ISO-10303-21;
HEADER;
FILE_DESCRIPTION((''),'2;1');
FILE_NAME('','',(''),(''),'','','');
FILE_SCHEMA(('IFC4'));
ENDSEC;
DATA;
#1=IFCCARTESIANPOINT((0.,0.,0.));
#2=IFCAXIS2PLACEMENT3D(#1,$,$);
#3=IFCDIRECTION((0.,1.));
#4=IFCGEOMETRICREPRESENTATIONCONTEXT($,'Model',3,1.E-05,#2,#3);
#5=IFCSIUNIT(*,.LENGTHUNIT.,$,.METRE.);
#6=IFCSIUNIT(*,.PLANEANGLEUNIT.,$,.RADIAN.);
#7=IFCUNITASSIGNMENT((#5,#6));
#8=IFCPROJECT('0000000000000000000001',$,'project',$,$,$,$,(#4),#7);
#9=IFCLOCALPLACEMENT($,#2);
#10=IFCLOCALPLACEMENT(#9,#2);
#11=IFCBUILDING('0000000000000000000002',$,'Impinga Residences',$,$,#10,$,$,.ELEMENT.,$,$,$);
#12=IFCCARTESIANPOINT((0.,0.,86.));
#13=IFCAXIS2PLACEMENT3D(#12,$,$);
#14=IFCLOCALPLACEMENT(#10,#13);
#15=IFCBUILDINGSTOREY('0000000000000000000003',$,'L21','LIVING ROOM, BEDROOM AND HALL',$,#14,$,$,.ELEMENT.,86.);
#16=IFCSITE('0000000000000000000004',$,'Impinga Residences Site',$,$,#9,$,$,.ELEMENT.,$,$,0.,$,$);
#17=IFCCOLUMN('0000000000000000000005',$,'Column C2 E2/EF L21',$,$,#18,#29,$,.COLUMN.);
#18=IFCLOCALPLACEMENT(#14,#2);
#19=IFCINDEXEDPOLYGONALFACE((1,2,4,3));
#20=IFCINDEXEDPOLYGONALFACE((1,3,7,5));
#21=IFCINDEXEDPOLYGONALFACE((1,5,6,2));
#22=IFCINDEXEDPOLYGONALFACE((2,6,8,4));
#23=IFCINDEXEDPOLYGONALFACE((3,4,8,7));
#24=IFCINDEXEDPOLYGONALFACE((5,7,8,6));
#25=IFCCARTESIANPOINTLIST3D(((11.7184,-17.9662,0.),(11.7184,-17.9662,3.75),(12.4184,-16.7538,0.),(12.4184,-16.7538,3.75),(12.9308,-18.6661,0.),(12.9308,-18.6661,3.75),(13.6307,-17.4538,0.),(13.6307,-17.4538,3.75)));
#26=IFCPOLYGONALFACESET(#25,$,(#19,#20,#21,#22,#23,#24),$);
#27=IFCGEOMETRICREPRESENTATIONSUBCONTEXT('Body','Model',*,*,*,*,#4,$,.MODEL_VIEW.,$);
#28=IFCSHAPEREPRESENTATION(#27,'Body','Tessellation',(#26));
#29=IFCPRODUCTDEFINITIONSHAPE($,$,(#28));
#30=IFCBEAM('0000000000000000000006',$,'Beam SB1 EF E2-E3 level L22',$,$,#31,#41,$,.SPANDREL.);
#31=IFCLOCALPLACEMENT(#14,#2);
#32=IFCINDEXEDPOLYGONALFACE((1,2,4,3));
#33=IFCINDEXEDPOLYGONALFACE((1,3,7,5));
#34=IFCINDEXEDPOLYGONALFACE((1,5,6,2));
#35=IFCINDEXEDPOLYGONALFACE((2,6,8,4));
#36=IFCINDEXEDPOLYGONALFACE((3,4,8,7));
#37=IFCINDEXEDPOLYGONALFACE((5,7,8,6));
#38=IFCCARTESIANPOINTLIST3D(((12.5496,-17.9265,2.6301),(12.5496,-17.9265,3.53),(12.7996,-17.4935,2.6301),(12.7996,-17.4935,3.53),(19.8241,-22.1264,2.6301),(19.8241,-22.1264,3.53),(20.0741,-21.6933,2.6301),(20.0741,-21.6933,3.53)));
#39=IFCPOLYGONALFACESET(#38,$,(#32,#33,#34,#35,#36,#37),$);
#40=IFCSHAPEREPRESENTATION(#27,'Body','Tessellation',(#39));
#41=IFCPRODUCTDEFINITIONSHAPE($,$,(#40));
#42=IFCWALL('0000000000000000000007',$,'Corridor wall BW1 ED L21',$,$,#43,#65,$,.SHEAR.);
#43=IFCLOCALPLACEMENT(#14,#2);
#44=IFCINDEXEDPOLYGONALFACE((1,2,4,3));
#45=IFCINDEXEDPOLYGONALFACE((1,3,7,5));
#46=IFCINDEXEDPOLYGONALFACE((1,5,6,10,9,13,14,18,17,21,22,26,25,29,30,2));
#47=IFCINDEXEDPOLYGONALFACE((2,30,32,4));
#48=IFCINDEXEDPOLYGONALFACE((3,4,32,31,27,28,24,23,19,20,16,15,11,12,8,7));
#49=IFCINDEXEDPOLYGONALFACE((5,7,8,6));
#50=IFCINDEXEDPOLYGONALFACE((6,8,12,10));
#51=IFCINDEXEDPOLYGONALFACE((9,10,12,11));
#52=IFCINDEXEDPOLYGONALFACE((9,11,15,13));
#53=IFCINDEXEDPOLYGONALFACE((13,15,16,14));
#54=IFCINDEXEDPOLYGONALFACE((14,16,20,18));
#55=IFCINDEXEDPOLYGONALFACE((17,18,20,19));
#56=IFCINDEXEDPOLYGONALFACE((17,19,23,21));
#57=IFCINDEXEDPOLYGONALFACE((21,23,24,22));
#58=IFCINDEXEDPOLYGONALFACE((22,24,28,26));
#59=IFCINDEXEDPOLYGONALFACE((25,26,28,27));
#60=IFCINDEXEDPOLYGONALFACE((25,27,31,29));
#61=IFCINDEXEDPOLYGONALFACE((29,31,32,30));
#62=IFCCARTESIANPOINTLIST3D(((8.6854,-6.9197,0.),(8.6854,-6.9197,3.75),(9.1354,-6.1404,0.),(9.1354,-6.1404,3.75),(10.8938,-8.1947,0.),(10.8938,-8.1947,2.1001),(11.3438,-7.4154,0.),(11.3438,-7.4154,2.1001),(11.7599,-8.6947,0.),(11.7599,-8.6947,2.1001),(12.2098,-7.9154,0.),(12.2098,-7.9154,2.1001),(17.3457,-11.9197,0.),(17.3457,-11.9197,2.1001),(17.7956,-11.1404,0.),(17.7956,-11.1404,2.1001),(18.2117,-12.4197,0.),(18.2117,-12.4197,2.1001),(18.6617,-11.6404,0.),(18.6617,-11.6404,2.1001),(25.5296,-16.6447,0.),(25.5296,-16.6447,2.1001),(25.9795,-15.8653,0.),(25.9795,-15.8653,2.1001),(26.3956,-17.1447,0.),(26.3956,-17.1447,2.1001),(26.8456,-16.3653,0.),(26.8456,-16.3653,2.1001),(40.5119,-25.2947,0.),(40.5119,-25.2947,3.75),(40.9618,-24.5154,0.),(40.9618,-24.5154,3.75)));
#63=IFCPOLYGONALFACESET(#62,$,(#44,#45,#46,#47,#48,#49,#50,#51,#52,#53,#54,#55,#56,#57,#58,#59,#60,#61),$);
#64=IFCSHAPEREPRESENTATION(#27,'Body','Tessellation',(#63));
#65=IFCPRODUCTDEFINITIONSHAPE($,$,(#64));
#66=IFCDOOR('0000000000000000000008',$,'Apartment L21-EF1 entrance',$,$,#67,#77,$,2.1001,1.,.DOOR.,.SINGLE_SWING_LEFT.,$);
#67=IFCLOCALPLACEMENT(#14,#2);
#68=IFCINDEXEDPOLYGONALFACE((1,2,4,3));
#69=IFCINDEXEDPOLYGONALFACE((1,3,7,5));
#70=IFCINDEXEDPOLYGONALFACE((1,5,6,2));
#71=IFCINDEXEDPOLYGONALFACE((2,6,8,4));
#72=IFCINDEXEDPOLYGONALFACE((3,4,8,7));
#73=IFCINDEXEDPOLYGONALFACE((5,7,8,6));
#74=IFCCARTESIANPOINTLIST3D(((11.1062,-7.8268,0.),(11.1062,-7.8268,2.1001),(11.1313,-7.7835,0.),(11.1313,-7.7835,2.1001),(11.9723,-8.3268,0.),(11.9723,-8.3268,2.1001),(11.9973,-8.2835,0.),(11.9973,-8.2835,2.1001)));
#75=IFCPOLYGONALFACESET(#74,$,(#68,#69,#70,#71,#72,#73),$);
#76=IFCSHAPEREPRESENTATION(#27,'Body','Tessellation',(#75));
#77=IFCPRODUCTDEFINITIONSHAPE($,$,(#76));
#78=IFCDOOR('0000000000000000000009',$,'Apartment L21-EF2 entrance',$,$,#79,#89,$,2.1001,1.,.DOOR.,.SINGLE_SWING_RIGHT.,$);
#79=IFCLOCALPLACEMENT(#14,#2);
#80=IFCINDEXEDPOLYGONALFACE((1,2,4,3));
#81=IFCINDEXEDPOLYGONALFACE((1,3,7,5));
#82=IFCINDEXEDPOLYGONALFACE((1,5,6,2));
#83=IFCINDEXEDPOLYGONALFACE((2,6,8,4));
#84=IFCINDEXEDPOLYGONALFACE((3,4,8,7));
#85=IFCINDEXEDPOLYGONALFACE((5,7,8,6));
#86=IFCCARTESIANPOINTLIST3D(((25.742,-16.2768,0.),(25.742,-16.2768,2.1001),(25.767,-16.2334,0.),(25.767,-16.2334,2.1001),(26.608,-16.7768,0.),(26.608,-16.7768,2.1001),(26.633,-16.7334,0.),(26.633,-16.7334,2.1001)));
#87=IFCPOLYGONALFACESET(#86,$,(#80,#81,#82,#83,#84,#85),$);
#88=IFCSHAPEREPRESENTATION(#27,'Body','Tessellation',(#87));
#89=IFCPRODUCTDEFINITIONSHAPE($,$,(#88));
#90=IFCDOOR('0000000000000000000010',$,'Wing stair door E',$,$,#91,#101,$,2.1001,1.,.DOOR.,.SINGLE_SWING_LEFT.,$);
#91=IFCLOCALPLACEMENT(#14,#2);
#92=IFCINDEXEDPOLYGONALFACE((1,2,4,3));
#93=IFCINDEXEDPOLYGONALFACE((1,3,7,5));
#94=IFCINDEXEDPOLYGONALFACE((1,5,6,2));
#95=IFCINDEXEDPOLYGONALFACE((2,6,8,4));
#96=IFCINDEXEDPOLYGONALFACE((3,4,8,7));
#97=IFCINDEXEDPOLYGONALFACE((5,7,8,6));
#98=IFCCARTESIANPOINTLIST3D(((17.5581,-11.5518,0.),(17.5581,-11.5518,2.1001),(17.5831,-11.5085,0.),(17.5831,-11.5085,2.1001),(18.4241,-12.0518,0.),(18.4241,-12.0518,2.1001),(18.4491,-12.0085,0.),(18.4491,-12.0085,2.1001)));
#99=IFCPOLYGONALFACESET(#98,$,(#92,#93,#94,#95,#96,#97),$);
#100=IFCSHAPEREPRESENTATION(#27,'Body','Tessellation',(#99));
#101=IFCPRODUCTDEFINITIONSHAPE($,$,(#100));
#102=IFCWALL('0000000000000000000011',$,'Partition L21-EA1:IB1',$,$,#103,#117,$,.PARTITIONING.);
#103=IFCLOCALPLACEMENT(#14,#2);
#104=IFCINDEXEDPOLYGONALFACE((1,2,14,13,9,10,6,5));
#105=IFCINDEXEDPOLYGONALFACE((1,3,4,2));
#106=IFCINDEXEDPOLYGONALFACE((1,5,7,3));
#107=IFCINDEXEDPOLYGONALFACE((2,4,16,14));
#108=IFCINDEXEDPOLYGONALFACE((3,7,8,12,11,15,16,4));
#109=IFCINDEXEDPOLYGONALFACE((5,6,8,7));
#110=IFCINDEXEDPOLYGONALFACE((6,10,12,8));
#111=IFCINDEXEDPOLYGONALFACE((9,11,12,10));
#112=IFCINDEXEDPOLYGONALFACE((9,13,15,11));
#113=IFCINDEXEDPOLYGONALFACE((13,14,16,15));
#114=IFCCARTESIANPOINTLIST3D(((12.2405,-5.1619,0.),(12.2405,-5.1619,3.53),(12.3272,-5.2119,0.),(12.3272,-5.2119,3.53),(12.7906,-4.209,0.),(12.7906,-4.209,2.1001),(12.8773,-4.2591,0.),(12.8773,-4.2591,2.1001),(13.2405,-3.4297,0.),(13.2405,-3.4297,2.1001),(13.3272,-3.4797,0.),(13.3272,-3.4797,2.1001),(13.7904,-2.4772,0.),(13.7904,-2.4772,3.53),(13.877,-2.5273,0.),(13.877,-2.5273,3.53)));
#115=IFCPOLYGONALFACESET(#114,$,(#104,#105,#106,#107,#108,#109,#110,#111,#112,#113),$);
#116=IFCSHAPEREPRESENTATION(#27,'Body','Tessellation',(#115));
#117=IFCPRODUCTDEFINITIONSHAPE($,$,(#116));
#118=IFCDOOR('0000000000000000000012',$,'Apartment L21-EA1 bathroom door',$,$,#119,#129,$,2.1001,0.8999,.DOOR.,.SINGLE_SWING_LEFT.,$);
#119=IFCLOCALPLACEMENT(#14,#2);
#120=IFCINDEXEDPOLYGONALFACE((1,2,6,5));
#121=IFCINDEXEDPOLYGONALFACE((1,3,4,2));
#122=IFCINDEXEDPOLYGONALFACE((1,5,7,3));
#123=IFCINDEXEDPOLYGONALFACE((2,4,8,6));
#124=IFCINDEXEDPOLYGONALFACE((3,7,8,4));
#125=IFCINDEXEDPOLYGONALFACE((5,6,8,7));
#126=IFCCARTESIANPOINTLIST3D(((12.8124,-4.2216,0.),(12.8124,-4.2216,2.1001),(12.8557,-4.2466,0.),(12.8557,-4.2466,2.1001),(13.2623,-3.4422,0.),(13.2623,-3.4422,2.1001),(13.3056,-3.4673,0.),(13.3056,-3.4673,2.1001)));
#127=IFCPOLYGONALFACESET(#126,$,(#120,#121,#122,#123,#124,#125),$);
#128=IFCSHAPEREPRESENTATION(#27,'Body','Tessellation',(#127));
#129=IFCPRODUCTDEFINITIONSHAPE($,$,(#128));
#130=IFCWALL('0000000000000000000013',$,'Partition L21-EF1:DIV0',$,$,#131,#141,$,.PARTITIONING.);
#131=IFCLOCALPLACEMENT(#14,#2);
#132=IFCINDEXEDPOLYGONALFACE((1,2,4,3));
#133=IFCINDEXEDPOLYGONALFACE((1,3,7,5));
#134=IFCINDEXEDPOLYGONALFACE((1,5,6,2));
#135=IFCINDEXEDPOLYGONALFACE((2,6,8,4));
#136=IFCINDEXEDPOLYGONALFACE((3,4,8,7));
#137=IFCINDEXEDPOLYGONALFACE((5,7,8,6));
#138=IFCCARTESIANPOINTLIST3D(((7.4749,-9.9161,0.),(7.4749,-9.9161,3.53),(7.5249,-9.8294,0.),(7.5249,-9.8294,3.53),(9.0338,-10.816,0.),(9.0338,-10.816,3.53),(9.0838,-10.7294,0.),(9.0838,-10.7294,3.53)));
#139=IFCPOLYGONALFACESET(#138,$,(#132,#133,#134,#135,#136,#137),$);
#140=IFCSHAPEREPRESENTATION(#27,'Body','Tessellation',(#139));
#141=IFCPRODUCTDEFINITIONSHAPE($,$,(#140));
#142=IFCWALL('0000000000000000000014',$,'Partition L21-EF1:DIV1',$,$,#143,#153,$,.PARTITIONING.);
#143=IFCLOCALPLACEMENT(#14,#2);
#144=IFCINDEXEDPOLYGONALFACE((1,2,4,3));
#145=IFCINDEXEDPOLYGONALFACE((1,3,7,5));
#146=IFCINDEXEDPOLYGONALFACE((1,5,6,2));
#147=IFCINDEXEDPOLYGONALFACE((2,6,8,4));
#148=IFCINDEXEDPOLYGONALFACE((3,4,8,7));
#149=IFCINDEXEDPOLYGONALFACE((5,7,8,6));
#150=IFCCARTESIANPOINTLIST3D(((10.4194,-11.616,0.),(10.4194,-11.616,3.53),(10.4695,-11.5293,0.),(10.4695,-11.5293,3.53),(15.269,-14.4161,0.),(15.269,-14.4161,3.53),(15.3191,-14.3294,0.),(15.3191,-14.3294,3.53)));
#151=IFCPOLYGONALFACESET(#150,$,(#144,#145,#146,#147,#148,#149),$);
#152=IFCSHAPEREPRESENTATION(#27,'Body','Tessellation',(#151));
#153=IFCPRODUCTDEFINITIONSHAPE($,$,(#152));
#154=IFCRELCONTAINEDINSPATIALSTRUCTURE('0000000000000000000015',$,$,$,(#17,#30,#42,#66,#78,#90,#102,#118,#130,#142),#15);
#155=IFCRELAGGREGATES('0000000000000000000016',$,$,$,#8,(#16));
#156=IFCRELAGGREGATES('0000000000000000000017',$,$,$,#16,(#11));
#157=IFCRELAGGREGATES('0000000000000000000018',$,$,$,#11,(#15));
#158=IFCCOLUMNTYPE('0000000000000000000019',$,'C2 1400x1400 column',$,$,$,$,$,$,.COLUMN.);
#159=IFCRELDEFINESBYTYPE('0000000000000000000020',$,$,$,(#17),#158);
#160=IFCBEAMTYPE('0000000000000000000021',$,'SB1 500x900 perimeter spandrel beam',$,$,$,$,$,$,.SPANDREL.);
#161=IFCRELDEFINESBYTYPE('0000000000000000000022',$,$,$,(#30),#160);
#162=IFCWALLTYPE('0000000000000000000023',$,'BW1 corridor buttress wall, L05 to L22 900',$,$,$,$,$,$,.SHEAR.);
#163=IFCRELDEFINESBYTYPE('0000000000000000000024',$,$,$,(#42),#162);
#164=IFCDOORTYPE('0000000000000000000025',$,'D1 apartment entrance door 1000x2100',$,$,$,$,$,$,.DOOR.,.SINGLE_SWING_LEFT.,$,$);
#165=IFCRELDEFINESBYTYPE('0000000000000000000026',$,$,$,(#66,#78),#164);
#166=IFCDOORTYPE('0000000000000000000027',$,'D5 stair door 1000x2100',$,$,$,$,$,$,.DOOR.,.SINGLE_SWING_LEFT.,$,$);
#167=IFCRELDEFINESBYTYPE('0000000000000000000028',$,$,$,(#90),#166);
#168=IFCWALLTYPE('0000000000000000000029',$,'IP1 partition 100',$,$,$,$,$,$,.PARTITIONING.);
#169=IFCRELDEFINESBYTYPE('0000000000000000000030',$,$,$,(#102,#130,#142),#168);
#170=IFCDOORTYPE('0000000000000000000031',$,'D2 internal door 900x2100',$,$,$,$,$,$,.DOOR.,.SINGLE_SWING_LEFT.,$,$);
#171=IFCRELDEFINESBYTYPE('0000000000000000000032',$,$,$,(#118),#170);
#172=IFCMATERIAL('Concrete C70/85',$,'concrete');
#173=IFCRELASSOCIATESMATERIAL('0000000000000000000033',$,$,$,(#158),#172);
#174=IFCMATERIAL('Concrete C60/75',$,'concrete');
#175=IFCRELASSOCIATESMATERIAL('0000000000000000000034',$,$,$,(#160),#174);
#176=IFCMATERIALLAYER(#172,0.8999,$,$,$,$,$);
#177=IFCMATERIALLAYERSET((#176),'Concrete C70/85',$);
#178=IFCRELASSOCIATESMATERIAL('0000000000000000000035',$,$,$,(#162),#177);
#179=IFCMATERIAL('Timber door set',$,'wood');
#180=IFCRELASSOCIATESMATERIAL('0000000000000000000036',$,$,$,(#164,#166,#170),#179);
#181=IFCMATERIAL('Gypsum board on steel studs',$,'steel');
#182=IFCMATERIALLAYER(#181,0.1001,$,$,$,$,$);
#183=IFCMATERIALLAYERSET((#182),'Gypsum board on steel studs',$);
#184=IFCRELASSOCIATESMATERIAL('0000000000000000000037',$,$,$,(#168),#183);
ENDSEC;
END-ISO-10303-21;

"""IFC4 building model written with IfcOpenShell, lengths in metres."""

from ifc_helpers import new_model, si_unit, direction, frame, frame_2d, origin, origin_2d, place, context, subcontext, project, spatial, rectangle, extrude, material, layer, layer_set, material_profile, profile_set, type_object, element, fill, save


model = new_model("IFC4")

# Units and contexts
model_context = context("Model", 3, precision=1e-05, world=origin(), true_north=direction((0.0, 1.0)))
body_context = subcontext(model_context, "Body", "Model", "MODEL_VIEW")
ifc_project = project(units=[si_unit("LENGTHUNIT", "METRE"), si_unit("PLANEANGLEUNIT", "RADIAN")], contexts=[model_context])

# Site, building, storey
site_placement = place(None, origin())
site = spatial("IfcSite", under=ifc_project, at=site_placement, Name="Impinga Residences Site", CompositionType="ELEMENT", RefElevation=0.0)
building_placement = place(site_placement, origin())
building = spatial("IfcBuilding", under=site, at=building_placement, Name="Impinga Residences", CompositionType="ELEMENT")
storey_placement = place(building_placement, frame((0.0, 0.0, 86.0)))
storey = spatial("IfcBuildingStorey", under=building, at=storey_placement, Name="L21", Description="LIVING ROOM, BEDROOM AND HALL", CompositionType="ELEMENT", Elevation=86.0)

# Column
ifc_material_1 = material(Name="Concrete C70/85", Category="concrete")
ifc_material_profile_1 = material_profile(ifc_material_1, rectangle(XDim=1.3999, YDim=1.3999, at=origin_2d()), Name="RC 1400x1400")
ifc_profile_set_1 = profile_set([ifc_material_profile_1], Name="Concrete C70/85")
column_type = type_object("IfcColumnType", Name="C2 1400x1400 column", PredefinedType="COLUMN", material=ifc_profile_set_1)
column_placement = place(storey_placement, frame((12.6746, -17.71, 0.0), z_axis=(0.0, 0.0, 1.0), x_axis=(-0.5, -0.866025, 0.0)))
element("IfcColumn", 1, at=column_placement, inside=storey, type_object=column_type, Name="Column C2 E2/EF L21", PredefinedType="COLUMN", context=body_context, shape_type="SweptSolid", body=[
    extrude(rectangle(XDim=1.3999, YDim=1.3999, at=origin_2d()), origin(), (0.0, 0.0, 1.0), 3.75),
])

# Beam
ifc_material_2 = material(Name="Concrete C60/75", Category="concrete")
ifc_material_profile_2 = material_profile(ifc_material_2, rectangle(XDim=0.5, YDim=0.8999, at=origin_2d()), Name="RC 500x900")
ifc_profile_set_2 = profile_set([ifc_material_profile_2], Name="Concrete C60/75")
beam_type = type_object("IfcBeamType", Name="SB1 500x900 perimeter spandrel beam", PredefinedType="SPANDREL", material=ifc_profile_set_2)
beam_placement = place(storey_placement, frame((12.6746, -17.71, 3.0801), z_axis=(0.866029, -0.499993, 0.0), x_axis=(0.499993, 0.866029, 0.0)))
element("IfcBeam", 2, at=beam_placement, inside=storey, type_object=beam_type, Name="Beam SB1 EF E2-E3 level L22", PredefinedType="SPANDREL", context=body_context, shape_type="SweptSolid", body=[
    extrude(rectangle(XDim=0.5, YDim=0.8999, at=origin_2d()), origin(), (0.0, 0.0, 1.0), 8.3999),
])

# Wall, openings, doors
ifc_layer_1 = layer(ifc_material_1, 0.8999)
ifc_layer_set_1 = layer_set([ifc_layer_1], Name="Concrete C70/85")
wall_type_1 = type_object("IfcWallType", Name="BW1 corridor buttress wall, L05 to L22 900", PredefinedType="SHEAR", material=ifc_layer_set_1)
wall_1_placement = place(storey_placement, frame((8.9104, -6.53, 0.0), z_axis=(0.0, 0.0, 1.0), x_axis=(0.866025, -0.5, 0.0)))
wall_1 = element("IfcWall", 3, at=wall_1_placement, inside=storey, type_object=wall_type_1, Name="Corridor wall BW1 ED L21", PredefinedType="SHEAR", context=body_context, shape_type="SweptSolid", body=[
    extrude(rectangle(XDim=36.75, YDim=0.8999, at=frame_2d((18.375, 0.0))), origin(), (0.0, 0.0, 1.0), 3.75),
])
opening_1_placement = place(wall_1_placement, frame((10.0, 0.0, 0.0)))
opening_1 = element("IfcOpeningElement", 4, at=opening_1_placement, cuts=wall_1, PredefinedType="OPENING", context=body_context, shape_type="SweptSolid", body=[
    extrude(rectangle(XDim=1.0, YDim=2.1001, at=frame_2d((0.5, 1.05))), frame((0.0, 0.46, 0.0), z_axis=(0.0, -1.0, 0.0), x_axis=(1.0, 0.0, 0.0)), (0.0, 0.0, 1.0), 0.9199),
])
opening_2_placement = place(wall_1_placement, frame((2.55, 0.0, 0.0)))
opening_2 = element("IfcOpeningElement", 5, at=opening_2_placement, cuts=wall_1, PredefinedType="OPENING", context=body_context, shape_type="SweptSolid", body=[
    extrude(rectangle(XDim=1.0, YDim=2.1001, at=frame_2d((0.5, 1.05))), frame((0.0, 0.46, 0.0), z_axis=(0.0, -1.0, 0.0), x_axis=(1.0, 0.0, 0.0)), (0.0, 0.0, 1.0), 0.9199),
])
opening_3_placement = place(wall_1_placement, frame((19.45, 0.0, 0.0)))
opening_3 = element("IfcOpeningElement", 6, at=opening_3_placement, cuts=wall_1, PredefinedType="OPENING", context=body_context, shape_type="SweptSolid", body=[
    extrude(rectangle(XDim=1.0, YDim=2.1001, at=frame_2d((0.5, 1.05))), frame((0.0, 0.46, 0.0), z_axis=(0.0, -1.0, 0.0), x_axis=(1.0, 0.0, 0.0)), (0.0, 0.0, 1.0), 0.9199),
])
ifc_material_3 = material(Name="Timber door set", Category="wood")
door_type_1 = type_object("IfcDoorType", Name="D1 apartment entrance door 1000x2100", OperationType="SINGLE_SWING_LEFT", PredefinedType="DOOR", material=ifc_material_3)
door_1_placement = place(opening_2_placement, origin())
door_1 = element("IfcDoor", 7, at=door_1_placement, inside=storey, type_object=door_type_1, Name="Apartment L21-EF1 entrance", OperationType="SINGLE_SWING_LEFT", OverallHeight=2.1001, OverallWidth=1.0, PredefinedType="DOOR", context=body_context, shape_type="SweptSolid", body=[
    extrude(rectangle(XDim=1.0, YDim=2.1001, at=frame_2d((0.5, 1.05))), frame((0.0, 0.0249, 0.0), z_axis=(0.0, -1.0, 0.0), x_axis=(1.0, 0.0, 0.0)), (0.0, 0.0, 1.0), 0.05),
])
fill(opening_2, door_1)
door_2_placement = place(opening_3_placement, origin())
door_2 = element("IfcDoor", 8, at=door_2_placement, inside=storey, type_object=door_type_1, Name="Apartment L21-EF2 entrance", OperationType="SINGLE_SWING_RIGHT", OverallHeight=2.1001, OverallWidth=1.0, PredefinedType="DOOR", context=body_context, shape_type="SweptSolid", body=[
    extrude(rectangle(XDim=1.0, YDim=2.1001, at=frame_2d((0.5, 1.05))), frame((0.0, 0.0249, 0.0), z_axis=(0.0, -1.0, 0.0), x_axis=(1.0, 0.0, 0.0)), (0.0, 0.0, 1.0), 0.05),
])
fill(opening_3, door_2)
door_type_2 = type_object("IfcDoorType", Name="D5 stair door 1000x2100", OperationType="SINGLE_SWING_LEFT", PredefinedType="DOOR", material=ifc_material_3)
door_3_placement = place(opening_1_placement, origin())
door_3 = element("IfcDoor", 9, at=door_3_placement, inside=storey, type_object=door_type_2, Name="Wing stair door E", OperationType="SINGLE_SWING_LEFT", OverallHeight=2.1001, OverallWidth=1.0, PredefinedType="DOOR", context=body_context, shape_type="SweptSolid", body=[
    extrude(rectangle(XDim=1.0, YDim=2.1001, at=frame_2d((0.5, 1.05))), frame((0.0, 0.0249, 0.0), z_axis=(0.0, -1.0, 0.0), x_axis=(1.0, 0.0, 0.0)), (0.0, 0.0, 1.0), 0.05),
])
fill(opening_1, door_3)

# Wall, opening, door
ifc_material_4 = material(Name="Gypsum board on steel studs", Category="steel")
ifc_layer_2 = layer(ifc_material_4, 0.1001)
ifc_layer_set_2 = layer_set([ifc_layer_2], Name="Gypsum board on steel studs")
wall_type_2 = type_object("IfcWallType", Name="IP1 partition 100", PredefinedType="PARTITIONING", material=ifc_layer_set_2)
wall_2_placement = place(storey_placement, frame((12.2839, -5.1868, 0.0), z_axis=(0.0, 0.0, 1.0), x_axis=(0.499968, 0.866044, 0.0)))
wall_2 = element("IfcWall", 10, at=wall_2_placement, inside=storey, type_object=wall_type_2, Name="Partition L21-EA1:IB1", PredefinedType="PARTITIONING", context=body_context, shape_type="SweptSolid", body=[
    extrude(rectangle(XDim=3.0999, YDim=0.1001, at=frame_2d((1.5498, 0.0))), origin(), (0.0, 0.0, 1.0), 3.53),
])
opening_4_placement = place(wall_2_placement, frame((1.1001, 0.0, 0.0)))
opening_4 = element("IfcOpeningElement", 11, at=opening_4_placement, cuts=wall_2, PredefinedType="OPENING", context=body_context, shape_type="SweptSolid", body=[
    extrude(rectangle(XDim=0.8999, YDim=2.1001, at=frame_2d((0.45, 1.05))), frame((0.0, 0.0601, 0.0), z_axis=(0.0, -1.0, 0.0), x_axis=(1.0, 0.0, 0.0)), (0.0, 0.0, 1.0), 0.1201),
])
door_type_3 = type_object("IfcDoorType", Name="D2 internal door 900x2100", OperationType="SINGLE_SWING_LEFT", PredefinedType="DOOR", material=ifc_material_3)
door_4_placement = place(opening_4_placement, origin())
door_4 = element("IfcDoor", 12, at=door_4_placement, inside=storey, type_object=door_type_3, Name="Apartment L21-EA1 bathroom door", OperationType="SINGLE_SWING_LEFT", OverallHeight=2.1001, OverallWidth=0.8999, PredefinedType="DOOR", context=body_context, shape_type="SweptSolid", body=[
    extrude(rectangle(XDim=0.8999, YDim=2.1001, at=frame_2d((0.45, 1.05))), frame((0.0, 0.0249, 0.0), z_axis=(0.0, -1.0, 0.0), x_axis=(1.0, 0.0, 0.0)), (0.0, 0.0, 1.0), 0.05),
])
fill(opening_4, door_4)

# Walls
wall_3_placement = place(storey_placement, frame((7.5, -9.8728, 0.0), z_axis=(0.0, 0.0, 1.0), x_axis=(0.866048, -0.499961, 0.0)))
element("IfcWall", 13, at=wall_3_placement, inside=storey, type_object=wall_type_2, Name="Partition L21-EF1:DIV0", PredefinedType="PARTITIONING", context=body_context, shape_type="SweptSolid", body=[
    extrude(rectangle(XDim=1.8, YDim=0.1001, at=frame_2d((0.8999, 0.0))), origin(), (0.0, 0.0, 1.0), 3.53),
])
wall_4_placement = place(storey_placement, frame((10.4446, -11.5728, 0.0), z_axis=(0.0, 0.0, 1.0), x_axis=(0.866016, -0.500017, 0.0)))
element("IfcWall", 14, at=wall_4_placement, inside=storey, type_object=wall_type_2, Name="Partition L21-EF1:DIV1", PredefinedType="PARTITIONING", context=body_context, shape_type="SweptSolid", body=[
    extrude(rectangle(XDim=5.5999, YDim=0.1001, at=frame_2d((2.7998, 0.0))), origin(), (0.0, 0.0, 1.0), 3.53),
])

save(model, "model.ifc")
